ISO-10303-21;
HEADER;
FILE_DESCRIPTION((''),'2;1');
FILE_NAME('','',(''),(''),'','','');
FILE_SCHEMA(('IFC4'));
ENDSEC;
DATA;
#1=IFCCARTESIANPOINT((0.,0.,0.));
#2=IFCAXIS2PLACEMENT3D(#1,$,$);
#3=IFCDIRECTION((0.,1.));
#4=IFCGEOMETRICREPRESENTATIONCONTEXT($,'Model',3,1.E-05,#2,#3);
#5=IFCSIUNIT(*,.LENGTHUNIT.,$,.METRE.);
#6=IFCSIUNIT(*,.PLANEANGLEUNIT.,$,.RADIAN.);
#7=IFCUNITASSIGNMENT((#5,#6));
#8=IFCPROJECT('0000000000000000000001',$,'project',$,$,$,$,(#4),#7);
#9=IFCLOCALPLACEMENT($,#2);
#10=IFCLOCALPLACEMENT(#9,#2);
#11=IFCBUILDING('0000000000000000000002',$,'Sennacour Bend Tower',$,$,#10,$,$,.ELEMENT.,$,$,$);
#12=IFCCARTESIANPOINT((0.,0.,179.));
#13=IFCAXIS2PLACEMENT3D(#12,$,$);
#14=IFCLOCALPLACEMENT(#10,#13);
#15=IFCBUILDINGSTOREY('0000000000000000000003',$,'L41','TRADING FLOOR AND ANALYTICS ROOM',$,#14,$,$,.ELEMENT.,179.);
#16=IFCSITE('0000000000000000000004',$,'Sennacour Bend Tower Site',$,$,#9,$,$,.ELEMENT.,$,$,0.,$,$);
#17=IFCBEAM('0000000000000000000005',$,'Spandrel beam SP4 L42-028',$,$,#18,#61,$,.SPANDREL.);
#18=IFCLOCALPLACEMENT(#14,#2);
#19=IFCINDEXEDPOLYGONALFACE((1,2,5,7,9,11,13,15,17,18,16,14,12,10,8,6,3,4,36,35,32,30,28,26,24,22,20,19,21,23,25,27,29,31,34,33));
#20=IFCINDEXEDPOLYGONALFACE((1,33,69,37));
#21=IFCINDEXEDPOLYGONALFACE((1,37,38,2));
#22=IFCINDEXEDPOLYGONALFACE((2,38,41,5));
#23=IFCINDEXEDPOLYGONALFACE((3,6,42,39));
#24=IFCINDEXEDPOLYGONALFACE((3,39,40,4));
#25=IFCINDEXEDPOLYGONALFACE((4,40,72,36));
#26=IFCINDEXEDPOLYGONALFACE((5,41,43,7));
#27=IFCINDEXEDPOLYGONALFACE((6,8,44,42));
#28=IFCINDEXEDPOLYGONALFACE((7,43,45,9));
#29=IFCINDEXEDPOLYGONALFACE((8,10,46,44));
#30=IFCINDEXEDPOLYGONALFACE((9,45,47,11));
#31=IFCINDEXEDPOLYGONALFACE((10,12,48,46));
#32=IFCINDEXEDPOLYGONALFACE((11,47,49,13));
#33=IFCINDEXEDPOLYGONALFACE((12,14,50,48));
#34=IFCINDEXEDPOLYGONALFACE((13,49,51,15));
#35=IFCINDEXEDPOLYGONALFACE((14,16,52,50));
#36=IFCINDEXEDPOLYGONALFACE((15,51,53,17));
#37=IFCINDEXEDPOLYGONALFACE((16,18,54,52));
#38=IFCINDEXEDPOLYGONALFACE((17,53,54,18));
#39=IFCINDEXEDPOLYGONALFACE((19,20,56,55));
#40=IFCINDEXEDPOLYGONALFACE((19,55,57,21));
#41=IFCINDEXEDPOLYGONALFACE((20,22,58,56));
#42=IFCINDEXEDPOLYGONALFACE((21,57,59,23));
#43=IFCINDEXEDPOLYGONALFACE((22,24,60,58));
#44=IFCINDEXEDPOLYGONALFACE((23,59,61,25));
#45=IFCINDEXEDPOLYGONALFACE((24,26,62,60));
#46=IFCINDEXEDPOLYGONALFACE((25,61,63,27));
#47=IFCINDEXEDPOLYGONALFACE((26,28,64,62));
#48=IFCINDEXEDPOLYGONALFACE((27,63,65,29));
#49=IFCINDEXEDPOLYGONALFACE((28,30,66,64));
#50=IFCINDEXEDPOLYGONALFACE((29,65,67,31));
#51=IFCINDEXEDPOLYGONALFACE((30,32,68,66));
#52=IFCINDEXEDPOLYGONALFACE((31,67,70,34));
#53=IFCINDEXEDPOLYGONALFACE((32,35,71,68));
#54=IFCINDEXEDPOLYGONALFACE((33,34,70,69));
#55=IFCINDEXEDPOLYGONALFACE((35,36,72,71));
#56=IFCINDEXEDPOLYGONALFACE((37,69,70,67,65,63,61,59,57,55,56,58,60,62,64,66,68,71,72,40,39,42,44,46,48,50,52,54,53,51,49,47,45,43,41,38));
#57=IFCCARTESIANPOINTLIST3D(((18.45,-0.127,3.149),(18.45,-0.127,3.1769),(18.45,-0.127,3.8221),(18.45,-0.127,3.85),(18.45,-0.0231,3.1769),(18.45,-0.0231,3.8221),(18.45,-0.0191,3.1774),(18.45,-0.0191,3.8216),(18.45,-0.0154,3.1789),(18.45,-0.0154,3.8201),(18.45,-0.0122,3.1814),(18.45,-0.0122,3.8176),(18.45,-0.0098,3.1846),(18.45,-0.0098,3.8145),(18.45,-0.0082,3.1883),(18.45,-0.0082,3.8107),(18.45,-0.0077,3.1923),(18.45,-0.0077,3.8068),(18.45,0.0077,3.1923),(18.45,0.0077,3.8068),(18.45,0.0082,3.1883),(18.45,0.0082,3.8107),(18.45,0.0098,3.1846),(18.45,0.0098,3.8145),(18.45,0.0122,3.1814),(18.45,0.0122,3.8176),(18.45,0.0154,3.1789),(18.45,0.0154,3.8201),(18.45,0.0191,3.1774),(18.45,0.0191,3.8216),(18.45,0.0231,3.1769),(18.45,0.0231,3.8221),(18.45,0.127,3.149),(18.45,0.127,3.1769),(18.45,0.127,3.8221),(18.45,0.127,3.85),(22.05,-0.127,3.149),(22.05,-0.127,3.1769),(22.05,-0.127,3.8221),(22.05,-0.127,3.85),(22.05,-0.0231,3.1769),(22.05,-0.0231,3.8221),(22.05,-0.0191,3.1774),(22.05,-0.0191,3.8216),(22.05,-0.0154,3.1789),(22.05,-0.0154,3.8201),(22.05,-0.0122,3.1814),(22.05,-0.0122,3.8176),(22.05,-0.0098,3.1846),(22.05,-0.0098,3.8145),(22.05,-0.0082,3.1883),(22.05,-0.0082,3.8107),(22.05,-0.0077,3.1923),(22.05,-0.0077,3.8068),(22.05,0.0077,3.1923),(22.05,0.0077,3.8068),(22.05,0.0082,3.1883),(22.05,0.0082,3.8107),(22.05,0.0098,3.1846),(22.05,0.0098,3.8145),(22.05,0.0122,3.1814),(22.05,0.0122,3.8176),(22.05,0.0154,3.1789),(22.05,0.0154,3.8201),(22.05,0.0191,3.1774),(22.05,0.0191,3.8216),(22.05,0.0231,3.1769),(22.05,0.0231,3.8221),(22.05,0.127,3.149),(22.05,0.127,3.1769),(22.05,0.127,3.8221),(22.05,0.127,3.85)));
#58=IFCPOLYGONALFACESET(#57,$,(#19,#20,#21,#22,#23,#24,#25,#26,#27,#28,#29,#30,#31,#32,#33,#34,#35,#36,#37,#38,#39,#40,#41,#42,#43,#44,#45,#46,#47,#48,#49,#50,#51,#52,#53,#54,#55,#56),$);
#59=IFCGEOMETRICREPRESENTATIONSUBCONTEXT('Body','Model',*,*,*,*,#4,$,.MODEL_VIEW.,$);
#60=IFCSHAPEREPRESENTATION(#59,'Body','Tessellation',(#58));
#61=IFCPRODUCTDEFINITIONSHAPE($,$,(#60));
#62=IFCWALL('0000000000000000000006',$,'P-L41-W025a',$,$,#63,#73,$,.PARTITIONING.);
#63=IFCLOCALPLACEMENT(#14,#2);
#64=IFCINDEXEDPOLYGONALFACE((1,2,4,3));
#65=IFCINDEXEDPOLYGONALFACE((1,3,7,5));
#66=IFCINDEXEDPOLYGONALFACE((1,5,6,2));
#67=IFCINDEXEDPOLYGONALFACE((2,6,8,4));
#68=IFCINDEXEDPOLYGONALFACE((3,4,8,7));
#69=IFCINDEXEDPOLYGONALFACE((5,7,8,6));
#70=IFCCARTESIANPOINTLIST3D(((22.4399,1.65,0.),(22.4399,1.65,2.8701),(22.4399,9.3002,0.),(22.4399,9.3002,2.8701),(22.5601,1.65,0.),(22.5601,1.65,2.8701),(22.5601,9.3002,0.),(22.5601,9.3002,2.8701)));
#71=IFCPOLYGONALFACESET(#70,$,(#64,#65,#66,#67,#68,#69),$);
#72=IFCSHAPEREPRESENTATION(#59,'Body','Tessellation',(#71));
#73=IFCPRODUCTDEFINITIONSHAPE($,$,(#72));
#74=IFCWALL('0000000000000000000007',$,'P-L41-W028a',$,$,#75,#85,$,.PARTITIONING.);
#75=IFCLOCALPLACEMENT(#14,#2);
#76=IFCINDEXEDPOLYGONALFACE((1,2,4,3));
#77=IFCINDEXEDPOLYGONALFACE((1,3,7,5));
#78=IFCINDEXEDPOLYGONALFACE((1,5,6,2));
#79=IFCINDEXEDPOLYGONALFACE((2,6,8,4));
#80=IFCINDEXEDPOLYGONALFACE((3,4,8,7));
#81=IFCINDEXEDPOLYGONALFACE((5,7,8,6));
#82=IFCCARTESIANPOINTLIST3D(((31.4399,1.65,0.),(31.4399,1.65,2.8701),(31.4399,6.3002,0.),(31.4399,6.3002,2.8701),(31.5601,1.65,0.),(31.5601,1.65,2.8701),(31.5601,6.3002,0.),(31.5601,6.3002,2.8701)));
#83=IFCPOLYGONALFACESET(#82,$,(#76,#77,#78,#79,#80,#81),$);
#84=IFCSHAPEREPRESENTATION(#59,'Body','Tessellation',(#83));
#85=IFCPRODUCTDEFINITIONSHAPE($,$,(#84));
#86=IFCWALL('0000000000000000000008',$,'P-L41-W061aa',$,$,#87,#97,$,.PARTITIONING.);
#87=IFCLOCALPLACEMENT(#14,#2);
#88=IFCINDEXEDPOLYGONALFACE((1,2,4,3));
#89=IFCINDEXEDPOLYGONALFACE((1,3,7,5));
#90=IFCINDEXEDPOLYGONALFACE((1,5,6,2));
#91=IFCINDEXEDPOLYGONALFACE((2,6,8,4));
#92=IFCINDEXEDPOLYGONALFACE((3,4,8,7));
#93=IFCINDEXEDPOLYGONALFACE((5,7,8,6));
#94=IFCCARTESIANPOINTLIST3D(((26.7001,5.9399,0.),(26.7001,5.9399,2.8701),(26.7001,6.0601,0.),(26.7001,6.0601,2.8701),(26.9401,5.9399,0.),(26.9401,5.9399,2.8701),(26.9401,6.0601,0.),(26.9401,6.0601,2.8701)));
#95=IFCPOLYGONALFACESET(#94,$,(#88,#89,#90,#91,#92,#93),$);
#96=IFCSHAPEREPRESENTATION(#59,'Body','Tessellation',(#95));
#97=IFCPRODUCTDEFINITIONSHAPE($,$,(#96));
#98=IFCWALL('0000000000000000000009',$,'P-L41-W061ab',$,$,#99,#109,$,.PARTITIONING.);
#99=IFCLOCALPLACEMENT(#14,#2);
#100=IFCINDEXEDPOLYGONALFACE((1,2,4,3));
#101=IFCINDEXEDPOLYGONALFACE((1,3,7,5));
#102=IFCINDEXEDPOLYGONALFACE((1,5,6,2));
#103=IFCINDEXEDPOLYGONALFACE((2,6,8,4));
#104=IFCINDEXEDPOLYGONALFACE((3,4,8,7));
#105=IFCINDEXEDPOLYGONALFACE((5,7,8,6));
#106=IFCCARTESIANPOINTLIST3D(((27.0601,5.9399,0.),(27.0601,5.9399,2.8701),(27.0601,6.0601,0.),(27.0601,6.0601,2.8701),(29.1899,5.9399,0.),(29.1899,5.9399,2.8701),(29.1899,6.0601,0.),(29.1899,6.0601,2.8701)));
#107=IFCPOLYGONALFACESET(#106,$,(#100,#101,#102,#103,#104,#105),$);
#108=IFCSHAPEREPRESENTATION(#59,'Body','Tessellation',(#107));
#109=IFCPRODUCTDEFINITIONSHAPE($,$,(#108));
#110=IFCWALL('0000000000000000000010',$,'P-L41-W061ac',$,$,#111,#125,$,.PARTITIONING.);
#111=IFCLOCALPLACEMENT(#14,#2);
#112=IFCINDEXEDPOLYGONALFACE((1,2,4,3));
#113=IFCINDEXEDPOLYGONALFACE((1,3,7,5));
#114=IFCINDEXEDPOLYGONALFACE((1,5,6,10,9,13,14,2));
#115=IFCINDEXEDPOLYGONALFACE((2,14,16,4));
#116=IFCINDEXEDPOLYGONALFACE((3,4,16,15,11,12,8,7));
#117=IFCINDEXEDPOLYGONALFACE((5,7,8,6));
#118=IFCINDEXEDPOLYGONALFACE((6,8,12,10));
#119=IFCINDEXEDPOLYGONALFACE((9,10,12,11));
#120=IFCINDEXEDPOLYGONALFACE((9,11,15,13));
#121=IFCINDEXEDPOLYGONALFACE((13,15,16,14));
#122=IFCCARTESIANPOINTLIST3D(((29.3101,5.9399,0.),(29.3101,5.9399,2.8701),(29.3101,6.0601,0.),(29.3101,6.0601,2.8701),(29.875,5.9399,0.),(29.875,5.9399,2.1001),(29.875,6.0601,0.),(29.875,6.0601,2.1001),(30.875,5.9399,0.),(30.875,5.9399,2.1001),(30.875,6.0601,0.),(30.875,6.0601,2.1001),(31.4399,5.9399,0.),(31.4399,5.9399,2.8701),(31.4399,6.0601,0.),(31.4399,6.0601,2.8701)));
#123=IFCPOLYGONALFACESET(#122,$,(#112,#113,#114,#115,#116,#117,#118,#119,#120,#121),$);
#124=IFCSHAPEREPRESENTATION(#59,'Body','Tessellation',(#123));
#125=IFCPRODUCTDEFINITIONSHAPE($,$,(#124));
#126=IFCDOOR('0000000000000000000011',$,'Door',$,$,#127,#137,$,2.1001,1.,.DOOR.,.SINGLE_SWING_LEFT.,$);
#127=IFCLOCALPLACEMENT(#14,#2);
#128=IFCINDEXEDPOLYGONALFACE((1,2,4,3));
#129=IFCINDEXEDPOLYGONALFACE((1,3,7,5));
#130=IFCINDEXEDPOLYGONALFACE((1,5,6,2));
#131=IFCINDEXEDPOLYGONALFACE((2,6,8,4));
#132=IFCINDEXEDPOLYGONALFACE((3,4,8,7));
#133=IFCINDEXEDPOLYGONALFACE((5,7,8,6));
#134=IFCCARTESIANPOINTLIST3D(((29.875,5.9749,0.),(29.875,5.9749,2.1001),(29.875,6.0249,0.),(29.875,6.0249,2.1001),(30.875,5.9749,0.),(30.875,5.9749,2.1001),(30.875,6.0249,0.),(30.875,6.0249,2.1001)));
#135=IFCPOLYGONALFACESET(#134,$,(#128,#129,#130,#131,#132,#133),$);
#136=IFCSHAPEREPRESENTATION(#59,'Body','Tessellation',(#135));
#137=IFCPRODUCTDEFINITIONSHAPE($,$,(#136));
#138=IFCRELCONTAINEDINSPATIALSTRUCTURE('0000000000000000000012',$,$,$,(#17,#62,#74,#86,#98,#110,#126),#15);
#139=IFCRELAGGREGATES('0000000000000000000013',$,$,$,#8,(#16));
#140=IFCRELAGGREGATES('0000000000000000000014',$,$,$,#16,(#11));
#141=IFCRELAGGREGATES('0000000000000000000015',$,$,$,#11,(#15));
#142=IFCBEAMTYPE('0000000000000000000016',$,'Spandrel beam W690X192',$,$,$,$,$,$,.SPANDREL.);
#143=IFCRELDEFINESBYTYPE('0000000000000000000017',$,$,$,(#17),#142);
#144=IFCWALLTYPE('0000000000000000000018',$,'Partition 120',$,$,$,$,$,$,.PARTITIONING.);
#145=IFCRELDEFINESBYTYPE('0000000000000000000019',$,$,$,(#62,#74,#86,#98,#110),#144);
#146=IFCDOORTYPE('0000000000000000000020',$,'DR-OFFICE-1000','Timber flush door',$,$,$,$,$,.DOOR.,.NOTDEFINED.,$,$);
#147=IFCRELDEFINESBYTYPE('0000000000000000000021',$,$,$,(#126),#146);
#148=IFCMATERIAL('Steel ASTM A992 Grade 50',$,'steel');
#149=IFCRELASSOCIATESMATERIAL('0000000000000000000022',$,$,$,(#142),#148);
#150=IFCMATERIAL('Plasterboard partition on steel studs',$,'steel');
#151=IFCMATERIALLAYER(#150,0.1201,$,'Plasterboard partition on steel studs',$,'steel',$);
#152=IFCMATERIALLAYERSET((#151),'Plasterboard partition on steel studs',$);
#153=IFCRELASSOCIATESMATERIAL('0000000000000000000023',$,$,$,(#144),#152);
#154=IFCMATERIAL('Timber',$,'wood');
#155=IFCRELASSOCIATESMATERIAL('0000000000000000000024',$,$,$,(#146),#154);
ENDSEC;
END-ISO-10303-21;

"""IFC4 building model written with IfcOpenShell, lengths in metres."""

from ifc_helpers import new_model, si_unit, direction, frame, frame_2d, origin, origin_2d, place, context, subcontext, project, spatial, rectangle, i_section, extrude, material, layer, layer_set, material_profile, profile_set, type_object, element, fill, save


model = new_model("IFC4")

# Units and contexts
model_context = context("Model", 3, precision=1e-05, world=origin(), true_north=direction((0.0, 1.0)))
body_context = subcontext(model_context, "Body", "Model", "MODEL_VIEW")
ifc_project = project(units=[si_unit("LENGTHUNIT", "METRE"), si_unit("PLANEANGLEUNIT", "RADIAN")], contexts=[model_context])

# Site, building, storey
site_placement = place(None, origin())
site = spatial("IfcSite", under=ifc_project, at=site_placement, Name="Sennacour Bend Tower Site", CompositionType="ELEMENT", RefElevation=0.0)
building_placement = place(site_placement, origin())
building = spatial("IfcBuilding", under=site, at=building_placement, Name="Sennacour Bend Tower", CompositionType="ELEMENT")
storey_placement = place(building_placement, frame((0.0, 0.0, 179.0)))
storey = spatial("IfcBuildingStorey", under=building, at=storey_placement, Name="L41", Description="TRADING FLOOR AND ANALYTICS ROOM", CompositionType="ELEMENT", Elevation=179.0)

# Beam
ifc_material_1 = material(Name="Steel ASTM A992 Grade 50", Category="steel")
ifc_material_profile_1 = material_profile(ifc_material_1, i_section(OverallWidth=0.2539, OverallDepth=0.7009, WebThickness=0.0154, FlangeThickness=0.0278, FilletRadius=0.0154, at=origin_2d()), Name="Steel ASTM A992 Grade 50", Category="steel")
ifc_profile_set_1 = profile_set([ifc_material_profile_1], Name="Steel ASTM A992 Grade 50")
beam_type_1 = type_object("IfcBeamType", Name="Spandrel beam W690X192", PredefinedType="SPANDREL", material=ifc_profile_set_1)
for number, where, z_axis, x_axis, name in (
    (1, (22.05, 0.0, 3.4995), (-1.0, 0.0, 0.0), (0.0, -1.0, 0.0), "Spandrel beam SP4 L42-028"),
):
    element("IfcBeam", number, at=place(storey_placement, frame(where, z_axis=z_axis, x_axis=x_axis)), inside=storey, type_object=beam_type_1, Name=name, PredefinedType="SPANDREL", context=body_context, shape_type="SweptSolid", body=[
        extrude(i_section(OverallWidth=0.2539, OverallDepth=0.7009, WebThickness=0.0154, FlangeThickness=0.0278, FilletRadius=0.0154, at=origin_2d()), origin(), (0.0, 0.0, 1.0), 3.6001),
    ])

# Walls
ifc_material_2 = material(Name="Plasterboard partition on steel studs", Category="steel")
ifc_layer_1 = layer(ifc_material_2, 0.1201, Name="Plasterboard partition on steel studs", Category="steel")
ifc_layer_set_1 = layer_set([ifc_layer_1], Name="Plasterboard partition on steel studs")
wall_type_1 = type_object("IfcWallType", Name="Partition 120", PredefinedType="PARTITIONING", material=ifc_layer_set_1)
wall_1_placement = place(storey_placement, frame((22.5, 1.6499, 0.0), z_axis=(0.0, 0.0, 1.0), x_axis=(0.0, 1.0, 0.0)))
element("IfcWall", 2, at=wall_1_placement, inside=storey, type_object=wall_type_1, Name="P-L41-W025a", PredefinedType="PARTITIONING", context=body_context, shape_type="SweptSolid", body=[
    extrude(rectangle(XDim=7.6501, YDim=0.1201, at=frame_2d((3.8252, 0.0))), origin(), (0.0, 0.0, 1.0), 2.8701),
])
wall_2_placement = place(storey_placement, frame((31.5, 1.6499, 0.0), z_axis=(0.0, 0.0, 1.0), x_axis=(0.0, 1.0, 0.0)))
element("IfcWall", 3, at=wall_2_placement, inside=storey, type_object=wall_type_1, Name="P-L41-W028a", PredefinedType="PARTITIONING", context=body_context, shape_type="SweptSolid", body=[
    extrude(rectangle(XDim=4.6501, YDim=0.1201, at=frame_2d((2.3252, 0.0))), origin(), (0.0, 0.0, 1.0), 2.8701),
])
wall_3_placement = place(storey_placement, frame((26.7, 6.0, 0.0), z_axis=(0.0, 0.0, 1.0), x_axis=(1.0, 0.0, 0.0)))
element("IfcWall", 4, at=wall_3_placement, inside=storey, type_object=wall_type_1, Name="P-L41-W061aa", PredefinedType="PARTITIONING", context=body_context, shape_type="SweptSolid", body=[
    extrude(rectangle(XDim=0.24, YDim=0.1201, at=frame_2d((0.1201, 0.0))), origin(), (0.0, 0.0, 1.0), 2.8701),
])
wall_4_placement = place(storey_placement, frame((27.0601, 6.0, 0.0), z_axis=(0.0, 0.0, 1.0), x_axis=(1.0, 0.0, 0.0)))
element("IfcWall", 5, at=wall_4_placement, inside=storey, type_object=wall_type_1, Name="P-L41-W061ab", PredefinedType="PARTITIONING", context=body_context, shape_type="SweptSolid", body=[
    extrude(rectangle(XDim=2.1299, YDim=0.1201, at=frame_2d((1.0649, 0.0))), origin(), (0.0, 0.0, 1.0), 2.8701),
])

# Wall, opening, door
wall_5_placement = place(storey_placement, frame((29.3101, 6.0, 0.0), z_axis=(0.0, 0.0, 1.0), x_axis=(1.0, 0.0, 0.0)))
wall_5 = element("IfcWall", 6, at=wall_5_placement, inside=storey, type_object=wall_type_1, Name="P-L41-W061ac", PredefinedType="PARTITIONING", context=body_context, shape_type="SweptSolid", body=[
    extrude(rectangle(XDim=2.1299, YDim=0.1201, at=frame_2d((1.0649, 0.0))), origin(), (0.0, 0.0, 1.0), 2.8701),
])
opening_1_placement = place(wall_5_placement, frame((0.5649, 0.0, 0.0)))
opening_1 = element("IfcOpeningElement", 7, at=opening_1_placement, cuts=wall_5, PredefinedType="OPENING", context=body_context, shape_type="SweptSolid", body=[
    extrude(rectangle(XDim=1.0, YDim=2.1001, at=frame_2d((0.5, 1.05))), frame((0.0, 0.0701, 0.0), z_axis=(0.0, -1.0, 0.0), x_axis=(1.0, 0.0, 0.0)), (0.0, 0.0, 1.0), 0.1401),
])
ifc_material_3 = material(Name="Timber", Category="wood")
door_type_1 = type_object("IfcDoorType", Name="DR-OFFICE-1000", Description="Timber flush door", OperationType="NOTDEFINED", PredefinedType="DOOR", material=ifc_material_3)
door_1_placement = place(opening_1_placement, origin())
door_1 = element("IfcDoor", 8, at=door_1_placement, inside=storey, type_object=door_type_1, Name="Door", OperationType="SINGLE_SWING_LEFT", OverallHeight=2.1001, OverallWidth=1.0, PredefinedType="DOOR", context=body_context, shape_type="SweptSolid", body=[
    extrude(rectangle(XDim=1.0, YDim=2.1001, at=frame_2d((0.5, 1.05))), frame((0.0, 0.0249, 0.0), z_axis=(0.0, -1.0, 0.0), x_axis=(1.0, 0.0, 0.0)), (0.0, 0.0, 1.0), 0.05),
])
fill(opening_1, door_1)

save(model, "model.ifc")
